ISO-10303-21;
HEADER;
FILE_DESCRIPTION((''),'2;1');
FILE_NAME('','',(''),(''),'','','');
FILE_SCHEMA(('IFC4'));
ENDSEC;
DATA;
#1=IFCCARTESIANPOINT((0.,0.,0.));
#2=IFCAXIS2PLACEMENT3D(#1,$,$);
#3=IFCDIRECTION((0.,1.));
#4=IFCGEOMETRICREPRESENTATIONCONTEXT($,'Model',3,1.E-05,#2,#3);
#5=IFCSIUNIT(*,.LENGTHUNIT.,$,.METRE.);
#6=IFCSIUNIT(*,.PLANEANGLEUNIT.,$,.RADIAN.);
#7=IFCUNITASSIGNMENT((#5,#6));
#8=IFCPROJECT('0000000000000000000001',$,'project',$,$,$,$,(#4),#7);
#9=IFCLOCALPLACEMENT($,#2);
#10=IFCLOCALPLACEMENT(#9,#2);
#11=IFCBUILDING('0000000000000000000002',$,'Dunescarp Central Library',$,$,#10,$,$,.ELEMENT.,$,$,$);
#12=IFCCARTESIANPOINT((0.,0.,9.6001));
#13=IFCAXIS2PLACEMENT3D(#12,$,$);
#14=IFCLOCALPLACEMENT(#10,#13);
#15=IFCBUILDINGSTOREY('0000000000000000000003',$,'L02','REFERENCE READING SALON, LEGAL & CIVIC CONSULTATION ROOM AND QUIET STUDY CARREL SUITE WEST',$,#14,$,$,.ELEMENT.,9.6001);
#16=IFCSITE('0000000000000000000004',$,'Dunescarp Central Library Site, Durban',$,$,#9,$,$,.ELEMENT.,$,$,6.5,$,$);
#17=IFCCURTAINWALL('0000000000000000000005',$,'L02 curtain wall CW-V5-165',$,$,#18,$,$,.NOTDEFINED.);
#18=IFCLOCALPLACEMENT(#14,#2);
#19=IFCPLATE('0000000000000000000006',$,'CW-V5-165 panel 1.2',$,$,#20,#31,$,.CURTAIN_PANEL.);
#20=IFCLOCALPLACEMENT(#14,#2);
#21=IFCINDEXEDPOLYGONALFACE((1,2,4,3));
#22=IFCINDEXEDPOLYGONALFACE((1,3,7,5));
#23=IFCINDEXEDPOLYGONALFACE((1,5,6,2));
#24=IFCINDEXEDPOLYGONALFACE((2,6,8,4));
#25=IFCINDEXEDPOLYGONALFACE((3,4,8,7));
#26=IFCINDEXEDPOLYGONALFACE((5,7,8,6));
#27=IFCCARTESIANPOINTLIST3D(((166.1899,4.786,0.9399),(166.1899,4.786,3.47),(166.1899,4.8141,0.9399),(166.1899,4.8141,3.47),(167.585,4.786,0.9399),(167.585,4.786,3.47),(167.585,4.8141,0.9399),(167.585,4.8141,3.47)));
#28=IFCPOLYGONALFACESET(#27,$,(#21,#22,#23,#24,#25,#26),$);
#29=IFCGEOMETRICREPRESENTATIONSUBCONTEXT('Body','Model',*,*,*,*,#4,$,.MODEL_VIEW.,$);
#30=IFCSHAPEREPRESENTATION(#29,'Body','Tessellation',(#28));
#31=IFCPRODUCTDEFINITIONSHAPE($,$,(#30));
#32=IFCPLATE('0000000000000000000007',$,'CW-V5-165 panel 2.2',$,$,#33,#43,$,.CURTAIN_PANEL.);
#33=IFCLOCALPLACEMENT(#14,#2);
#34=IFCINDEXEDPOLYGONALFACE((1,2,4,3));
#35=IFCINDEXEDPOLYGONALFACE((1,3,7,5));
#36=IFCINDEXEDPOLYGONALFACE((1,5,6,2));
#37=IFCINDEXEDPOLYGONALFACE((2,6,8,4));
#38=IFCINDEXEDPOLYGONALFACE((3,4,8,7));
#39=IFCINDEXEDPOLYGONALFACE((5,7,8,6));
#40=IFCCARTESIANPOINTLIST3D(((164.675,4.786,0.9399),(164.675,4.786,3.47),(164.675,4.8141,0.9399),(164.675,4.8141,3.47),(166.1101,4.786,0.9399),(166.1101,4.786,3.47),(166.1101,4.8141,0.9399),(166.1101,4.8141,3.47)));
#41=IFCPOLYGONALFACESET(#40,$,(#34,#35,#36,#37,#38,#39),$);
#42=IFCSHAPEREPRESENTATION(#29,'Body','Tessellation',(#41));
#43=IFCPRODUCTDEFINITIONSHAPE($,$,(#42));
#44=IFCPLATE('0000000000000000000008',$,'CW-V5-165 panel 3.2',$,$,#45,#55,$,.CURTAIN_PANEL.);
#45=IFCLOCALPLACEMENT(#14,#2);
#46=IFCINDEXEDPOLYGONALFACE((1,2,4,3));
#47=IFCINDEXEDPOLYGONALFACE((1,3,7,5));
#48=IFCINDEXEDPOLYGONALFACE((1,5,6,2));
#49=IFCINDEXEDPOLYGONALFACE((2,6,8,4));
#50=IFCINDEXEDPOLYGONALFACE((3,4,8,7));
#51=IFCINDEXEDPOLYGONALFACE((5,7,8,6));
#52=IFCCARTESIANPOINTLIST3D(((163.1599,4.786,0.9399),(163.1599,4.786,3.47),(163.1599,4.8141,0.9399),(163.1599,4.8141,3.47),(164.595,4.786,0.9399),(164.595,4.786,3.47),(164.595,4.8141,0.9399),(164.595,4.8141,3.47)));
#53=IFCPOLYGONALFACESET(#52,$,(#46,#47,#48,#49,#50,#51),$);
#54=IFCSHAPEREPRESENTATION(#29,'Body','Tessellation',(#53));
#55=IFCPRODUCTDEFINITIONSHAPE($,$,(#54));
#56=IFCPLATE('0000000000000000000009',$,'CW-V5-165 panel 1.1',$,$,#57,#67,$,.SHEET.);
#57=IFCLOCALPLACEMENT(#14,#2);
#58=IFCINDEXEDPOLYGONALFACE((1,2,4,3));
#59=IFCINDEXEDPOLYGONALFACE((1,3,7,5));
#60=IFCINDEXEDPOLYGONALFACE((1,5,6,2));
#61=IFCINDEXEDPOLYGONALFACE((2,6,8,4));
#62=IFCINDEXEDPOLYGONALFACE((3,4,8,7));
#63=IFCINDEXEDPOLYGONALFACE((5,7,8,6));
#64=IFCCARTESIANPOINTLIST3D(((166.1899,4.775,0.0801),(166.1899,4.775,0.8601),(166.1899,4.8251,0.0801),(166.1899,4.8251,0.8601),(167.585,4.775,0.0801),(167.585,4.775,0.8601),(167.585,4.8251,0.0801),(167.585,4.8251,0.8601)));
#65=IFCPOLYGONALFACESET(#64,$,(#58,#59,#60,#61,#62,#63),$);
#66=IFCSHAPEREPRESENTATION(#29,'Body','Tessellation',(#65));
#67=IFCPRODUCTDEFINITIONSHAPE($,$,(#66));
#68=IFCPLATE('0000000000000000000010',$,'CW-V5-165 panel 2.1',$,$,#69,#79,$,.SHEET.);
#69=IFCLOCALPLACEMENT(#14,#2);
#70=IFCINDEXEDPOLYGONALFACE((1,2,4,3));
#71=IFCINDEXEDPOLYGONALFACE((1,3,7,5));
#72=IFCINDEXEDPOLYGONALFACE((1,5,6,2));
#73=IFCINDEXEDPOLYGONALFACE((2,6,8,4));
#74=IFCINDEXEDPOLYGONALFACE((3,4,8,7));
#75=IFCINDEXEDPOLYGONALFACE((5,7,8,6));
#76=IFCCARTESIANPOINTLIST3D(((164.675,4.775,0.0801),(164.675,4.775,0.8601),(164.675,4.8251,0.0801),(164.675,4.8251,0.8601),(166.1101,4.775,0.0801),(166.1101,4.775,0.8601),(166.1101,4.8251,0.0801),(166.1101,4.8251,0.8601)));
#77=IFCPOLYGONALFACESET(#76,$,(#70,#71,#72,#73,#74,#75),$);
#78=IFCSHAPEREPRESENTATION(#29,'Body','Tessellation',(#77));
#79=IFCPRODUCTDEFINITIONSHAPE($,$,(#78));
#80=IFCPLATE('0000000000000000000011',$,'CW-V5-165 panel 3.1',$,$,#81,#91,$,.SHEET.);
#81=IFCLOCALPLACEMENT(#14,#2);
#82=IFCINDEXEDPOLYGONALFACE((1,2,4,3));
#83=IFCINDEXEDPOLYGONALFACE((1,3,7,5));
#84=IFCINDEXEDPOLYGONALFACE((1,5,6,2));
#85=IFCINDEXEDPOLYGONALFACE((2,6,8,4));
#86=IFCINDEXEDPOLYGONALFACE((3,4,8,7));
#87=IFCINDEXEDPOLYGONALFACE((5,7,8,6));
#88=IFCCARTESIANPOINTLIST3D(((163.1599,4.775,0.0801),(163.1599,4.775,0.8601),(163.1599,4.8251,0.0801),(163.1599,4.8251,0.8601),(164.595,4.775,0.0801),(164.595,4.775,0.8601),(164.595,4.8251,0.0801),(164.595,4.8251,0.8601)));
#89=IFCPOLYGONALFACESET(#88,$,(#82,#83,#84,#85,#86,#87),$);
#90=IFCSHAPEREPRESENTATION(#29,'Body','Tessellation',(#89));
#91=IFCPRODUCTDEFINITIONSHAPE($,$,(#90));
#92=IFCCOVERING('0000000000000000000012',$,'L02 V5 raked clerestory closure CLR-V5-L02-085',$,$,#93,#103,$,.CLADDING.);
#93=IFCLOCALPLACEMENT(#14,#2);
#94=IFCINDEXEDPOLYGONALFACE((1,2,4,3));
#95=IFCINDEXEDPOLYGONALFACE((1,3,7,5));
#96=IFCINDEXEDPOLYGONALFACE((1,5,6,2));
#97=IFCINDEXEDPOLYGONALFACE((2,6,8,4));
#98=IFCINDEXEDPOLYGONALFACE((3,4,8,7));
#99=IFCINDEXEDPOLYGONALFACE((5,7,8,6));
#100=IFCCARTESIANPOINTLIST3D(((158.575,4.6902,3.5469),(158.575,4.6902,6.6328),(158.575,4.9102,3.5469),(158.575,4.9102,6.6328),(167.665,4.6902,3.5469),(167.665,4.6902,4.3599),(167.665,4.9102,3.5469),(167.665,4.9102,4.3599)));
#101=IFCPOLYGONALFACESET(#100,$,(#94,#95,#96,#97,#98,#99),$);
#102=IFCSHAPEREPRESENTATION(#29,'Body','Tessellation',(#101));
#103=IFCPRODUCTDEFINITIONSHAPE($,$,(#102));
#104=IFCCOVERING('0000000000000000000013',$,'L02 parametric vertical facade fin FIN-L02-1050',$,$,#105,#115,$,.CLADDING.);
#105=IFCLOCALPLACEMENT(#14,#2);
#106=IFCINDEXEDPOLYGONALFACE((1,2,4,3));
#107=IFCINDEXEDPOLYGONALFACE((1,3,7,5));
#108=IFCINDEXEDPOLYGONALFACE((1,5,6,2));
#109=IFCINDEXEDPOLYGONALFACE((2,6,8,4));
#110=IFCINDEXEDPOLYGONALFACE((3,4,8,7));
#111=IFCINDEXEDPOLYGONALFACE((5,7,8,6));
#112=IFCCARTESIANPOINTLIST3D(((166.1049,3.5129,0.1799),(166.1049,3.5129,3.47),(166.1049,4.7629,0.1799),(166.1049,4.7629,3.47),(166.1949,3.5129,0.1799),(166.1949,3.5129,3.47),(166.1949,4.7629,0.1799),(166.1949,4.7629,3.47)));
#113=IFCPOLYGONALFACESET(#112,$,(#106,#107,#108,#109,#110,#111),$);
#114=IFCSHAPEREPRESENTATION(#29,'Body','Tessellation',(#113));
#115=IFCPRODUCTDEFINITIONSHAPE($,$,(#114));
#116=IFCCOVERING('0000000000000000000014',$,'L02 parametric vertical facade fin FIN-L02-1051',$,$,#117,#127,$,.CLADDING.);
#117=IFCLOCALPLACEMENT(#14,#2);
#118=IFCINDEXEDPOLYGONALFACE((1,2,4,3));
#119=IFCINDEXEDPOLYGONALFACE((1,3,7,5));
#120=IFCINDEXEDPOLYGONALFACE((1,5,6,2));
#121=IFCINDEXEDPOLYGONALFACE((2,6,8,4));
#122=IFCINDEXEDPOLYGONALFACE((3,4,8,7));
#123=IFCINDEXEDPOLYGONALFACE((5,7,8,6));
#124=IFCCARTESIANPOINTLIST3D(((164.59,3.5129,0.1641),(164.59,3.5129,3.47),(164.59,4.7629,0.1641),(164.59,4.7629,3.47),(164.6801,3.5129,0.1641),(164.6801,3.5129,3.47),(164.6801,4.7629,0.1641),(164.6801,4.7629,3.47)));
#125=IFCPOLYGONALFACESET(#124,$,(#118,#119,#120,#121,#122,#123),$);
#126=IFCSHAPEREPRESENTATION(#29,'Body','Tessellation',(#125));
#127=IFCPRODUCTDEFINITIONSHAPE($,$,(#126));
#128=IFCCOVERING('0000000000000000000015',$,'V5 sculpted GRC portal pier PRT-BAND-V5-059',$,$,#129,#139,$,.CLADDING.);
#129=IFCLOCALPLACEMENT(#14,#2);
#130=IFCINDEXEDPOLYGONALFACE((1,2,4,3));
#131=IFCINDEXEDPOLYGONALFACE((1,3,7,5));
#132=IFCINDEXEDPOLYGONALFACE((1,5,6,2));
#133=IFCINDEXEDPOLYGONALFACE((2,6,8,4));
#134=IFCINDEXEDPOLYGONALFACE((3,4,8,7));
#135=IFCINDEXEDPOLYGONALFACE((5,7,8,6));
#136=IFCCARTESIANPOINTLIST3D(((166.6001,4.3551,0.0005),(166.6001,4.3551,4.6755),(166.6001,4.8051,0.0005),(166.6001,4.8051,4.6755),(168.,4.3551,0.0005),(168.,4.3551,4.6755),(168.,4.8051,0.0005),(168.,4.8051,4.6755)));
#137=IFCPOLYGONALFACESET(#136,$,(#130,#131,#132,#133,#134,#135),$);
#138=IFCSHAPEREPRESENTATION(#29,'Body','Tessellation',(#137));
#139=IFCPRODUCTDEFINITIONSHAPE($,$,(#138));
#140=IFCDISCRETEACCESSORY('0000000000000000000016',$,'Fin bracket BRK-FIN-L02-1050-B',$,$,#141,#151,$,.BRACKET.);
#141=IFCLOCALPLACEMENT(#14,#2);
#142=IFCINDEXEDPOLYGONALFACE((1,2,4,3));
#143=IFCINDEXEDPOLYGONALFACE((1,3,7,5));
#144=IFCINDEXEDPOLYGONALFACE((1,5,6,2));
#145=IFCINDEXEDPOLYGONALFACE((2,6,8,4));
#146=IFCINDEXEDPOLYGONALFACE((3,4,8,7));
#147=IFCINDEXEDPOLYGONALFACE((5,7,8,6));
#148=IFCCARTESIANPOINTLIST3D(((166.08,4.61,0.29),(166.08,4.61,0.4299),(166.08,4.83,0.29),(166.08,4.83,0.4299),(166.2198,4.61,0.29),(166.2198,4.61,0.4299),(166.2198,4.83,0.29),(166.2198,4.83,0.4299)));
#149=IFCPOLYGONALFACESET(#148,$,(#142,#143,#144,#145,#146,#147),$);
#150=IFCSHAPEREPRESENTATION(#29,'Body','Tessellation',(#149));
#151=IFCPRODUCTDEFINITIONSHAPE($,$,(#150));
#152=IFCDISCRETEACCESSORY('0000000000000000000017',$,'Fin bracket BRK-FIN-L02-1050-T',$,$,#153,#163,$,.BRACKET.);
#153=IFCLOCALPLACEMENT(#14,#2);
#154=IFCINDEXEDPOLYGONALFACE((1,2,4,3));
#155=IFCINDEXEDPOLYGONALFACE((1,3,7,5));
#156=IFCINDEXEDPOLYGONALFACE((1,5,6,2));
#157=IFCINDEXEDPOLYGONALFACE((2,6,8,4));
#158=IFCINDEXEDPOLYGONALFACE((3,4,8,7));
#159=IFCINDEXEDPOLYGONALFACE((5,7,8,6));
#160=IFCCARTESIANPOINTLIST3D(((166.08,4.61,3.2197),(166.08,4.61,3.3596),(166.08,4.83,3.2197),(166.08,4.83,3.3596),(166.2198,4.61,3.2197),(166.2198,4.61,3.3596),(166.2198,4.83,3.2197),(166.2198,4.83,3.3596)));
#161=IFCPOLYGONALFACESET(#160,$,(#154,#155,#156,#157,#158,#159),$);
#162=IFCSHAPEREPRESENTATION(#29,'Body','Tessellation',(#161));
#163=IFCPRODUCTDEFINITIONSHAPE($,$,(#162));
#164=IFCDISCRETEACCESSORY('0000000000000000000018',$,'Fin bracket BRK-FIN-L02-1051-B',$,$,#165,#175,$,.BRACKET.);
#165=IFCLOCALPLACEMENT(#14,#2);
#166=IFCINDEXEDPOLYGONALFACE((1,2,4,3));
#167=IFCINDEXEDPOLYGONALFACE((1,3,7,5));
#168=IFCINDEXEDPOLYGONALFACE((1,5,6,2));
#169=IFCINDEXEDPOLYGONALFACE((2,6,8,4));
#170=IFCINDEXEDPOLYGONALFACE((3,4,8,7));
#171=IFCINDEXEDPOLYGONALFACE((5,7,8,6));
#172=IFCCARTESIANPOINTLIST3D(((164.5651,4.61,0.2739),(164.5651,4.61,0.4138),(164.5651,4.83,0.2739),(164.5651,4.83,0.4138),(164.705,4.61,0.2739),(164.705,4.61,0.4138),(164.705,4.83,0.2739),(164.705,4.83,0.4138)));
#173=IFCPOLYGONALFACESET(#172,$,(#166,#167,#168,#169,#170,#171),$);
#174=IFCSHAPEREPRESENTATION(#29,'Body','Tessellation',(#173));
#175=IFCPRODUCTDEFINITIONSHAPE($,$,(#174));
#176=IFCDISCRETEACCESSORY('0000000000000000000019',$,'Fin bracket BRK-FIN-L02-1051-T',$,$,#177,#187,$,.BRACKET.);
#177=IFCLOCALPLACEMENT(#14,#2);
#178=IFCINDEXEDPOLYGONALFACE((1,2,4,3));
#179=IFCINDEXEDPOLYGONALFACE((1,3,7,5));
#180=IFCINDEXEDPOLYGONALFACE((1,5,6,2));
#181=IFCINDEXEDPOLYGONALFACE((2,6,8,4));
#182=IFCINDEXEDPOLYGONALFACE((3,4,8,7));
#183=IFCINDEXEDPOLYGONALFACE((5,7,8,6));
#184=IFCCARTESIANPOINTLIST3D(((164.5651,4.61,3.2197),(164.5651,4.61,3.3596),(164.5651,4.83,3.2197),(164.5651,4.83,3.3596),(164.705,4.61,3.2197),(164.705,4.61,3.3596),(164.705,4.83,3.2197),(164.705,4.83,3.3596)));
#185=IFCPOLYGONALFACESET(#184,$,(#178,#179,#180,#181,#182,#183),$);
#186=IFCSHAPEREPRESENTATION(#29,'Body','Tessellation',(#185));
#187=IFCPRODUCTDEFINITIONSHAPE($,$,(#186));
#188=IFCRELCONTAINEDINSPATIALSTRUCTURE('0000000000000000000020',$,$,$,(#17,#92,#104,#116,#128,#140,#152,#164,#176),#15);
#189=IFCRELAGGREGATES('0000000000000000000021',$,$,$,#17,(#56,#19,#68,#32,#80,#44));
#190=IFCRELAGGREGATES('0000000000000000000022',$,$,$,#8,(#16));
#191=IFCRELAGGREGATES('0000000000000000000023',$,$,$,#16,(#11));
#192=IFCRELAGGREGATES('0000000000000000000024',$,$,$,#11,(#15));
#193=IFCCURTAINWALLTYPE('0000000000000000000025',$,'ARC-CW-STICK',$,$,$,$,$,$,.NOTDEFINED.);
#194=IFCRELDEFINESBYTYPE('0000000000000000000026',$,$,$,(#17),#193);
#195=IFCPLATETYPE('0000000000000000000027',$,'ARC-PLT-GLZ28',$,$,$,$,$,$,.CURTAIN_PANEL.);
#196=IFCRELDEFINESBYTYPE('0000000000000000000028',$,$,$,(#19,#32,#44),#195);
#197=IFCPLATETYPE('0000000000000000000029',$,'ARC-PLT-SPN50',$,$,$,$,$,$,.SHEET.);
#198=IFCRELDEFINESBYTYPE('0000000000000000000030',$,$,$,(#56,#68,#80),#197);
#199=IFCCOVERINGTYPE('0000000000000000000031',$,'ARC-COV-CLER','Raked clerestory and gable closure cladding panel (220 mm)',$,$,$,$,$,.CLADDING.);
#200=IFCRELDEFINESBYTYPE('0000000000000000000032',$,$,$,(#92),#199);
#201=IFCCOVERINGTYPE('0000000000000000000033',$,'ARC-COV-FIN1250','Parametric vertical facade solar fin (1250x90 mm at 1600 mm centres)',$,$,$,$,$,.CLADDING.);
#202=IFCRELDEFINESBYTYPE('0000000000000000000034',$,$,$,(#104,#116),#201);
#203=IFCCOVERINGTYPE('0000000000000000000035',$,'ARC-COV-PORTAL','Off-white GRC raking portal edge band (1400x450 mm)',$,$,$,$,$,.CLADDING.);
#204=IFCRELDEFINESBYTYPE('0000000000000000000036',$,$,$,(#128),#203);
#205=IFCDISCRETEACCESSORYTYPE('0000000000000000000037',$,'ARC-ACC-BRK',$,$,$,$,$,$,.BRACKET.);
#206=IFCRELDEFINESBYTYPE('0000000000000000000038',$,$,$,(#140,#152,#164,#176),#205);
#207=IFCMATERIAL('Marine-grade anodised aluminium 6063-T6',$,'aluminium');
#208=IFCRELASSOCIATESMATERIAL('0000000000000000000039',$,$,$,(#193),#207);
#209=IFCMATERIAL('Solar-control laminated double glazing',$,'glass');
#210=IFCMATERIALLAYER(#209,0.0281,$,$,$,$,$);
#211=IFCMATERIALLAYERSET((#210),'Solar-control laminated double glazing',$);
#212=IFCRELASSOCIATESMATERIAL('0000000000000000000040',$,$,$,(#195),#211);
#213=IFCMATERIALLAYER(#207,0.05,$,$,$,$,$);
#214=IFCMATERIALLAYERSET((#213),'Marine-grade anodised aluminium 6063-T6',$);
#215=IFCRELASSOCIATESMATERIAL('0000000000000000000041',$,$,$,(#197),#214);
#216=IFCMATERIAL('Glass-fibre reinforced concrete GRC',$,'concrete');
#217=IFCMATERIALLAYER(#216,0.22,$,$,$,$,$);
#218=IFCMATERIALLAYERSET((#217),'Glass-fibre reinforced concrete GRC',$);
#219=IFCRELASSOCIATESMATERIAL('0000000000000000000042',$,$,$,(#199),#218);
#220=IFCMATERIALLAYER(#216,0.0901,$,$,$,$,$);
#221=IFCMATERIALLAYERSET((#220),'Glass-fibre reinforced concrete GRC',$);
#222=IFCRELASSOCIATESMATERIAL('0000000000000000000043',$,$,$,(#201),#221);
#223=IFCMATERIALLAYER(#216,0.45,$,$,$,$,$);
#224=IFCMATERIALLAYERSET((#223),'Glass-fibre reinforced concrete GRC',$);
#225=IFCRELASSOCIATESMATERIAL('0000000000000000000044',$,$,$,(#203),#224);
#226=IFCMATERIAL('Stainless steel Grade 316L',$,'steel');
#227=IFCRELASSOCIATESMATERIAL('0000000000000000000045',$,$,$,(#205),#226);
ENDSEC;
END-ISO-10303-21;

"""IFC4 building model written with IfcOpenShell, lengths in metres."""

from ifc_helpers import new_model, si_unit, direction, frame, origin, origin_2d, place, context, subcontext, project, spatial, polyline, rectangle, outline, extrude, material, layer, layer_set, type_object, element, aggregate, save


model = new_model("IFC4")

# Units and contexts
model_context = context("Model", 3, precision=1e-05, world=origin(), true_north=direction((0.0, 1.0)))
body_context = subcontext(model_context, "Body", "Model", "MODEL_VIEW")
ifc_project = project(units=[si_unit("LENGTHUNIT", "METRE"), si_unit("PLANEANGLEUNIT", "RADIAN")], contexts=[model_context])

# Site, building, storey
site_placement = place(None, origin())
site = spatial("IfcSite", under=ifc_project, at=site_placement, Name="Dunescarp Central Library Site, Durban", CompositionType="ELEMENT", RefElevation=6.5)
building_placement = place(site_placement, origin())
building = spatial("IfcBuilding", under=site, at=building_placement, Name="Dunescarp Central Library", CompositionType="ELEMENT")
storey_placement = place(building_placement, frame((0.0, 0.0, 9.6001)))
storey = spatial("IfcBuildingStorey", under=building, at=storey_placement, Name="L02", Description="REFERENCE READING SALON, LEGAL & CIVIC CONSULTATION ROOM AND QUIET STUDY CARREL SUITE WEST", CompositionType="ELEMENT", Elevation=9.6001)

# Curtain wall, plates
ifc_material_1 = material(Name="Marine-grade anodised aluminium 6063-T6", Category="aluminium")
curtain_wall_type = type_object("IfcCurtainWallType", Name="ARC-CW-STICK", PredefinedType="NOTDEFINED", material=ifc_material_1)
curtain_wall_placement = place(storey_placement, origin())
curtain_wall = element("IfcCurtainWall", 1, at=curtain_wall_placement, inside=storey, type_object=curtain_wall_type, Name="L02 curtain wall CW-V5-165", PredefinedType="NOTDEFINED")
ifc_material_2 = material(Name="Solar-control laminated double glazing", Category="glass")
ifc_layer_1 = layer(ifc_material_2, 0.0281)
ifc_layer_set_1 = layer_set([ifc_layer_1], Name="Solar-control laminated double glazing")
plate_type_1 = type_object("IfcPlateType", Name="ARC-PLT-GLZ28", PredefinedType="CURTAIN_PANEL", material=ifc_layer_set_1)
plate_1_placement = place(storey_placement, frame((166.8875, 4.8, 0.9399), z_axis=(0.0, 0.0, 1.0), x_axis=(-1.0, 0.0, 0.0)))
plate_1 = element("IfcPlate", 2, at=plate_1_placement, type_object=plate_type_1, Name="CW-V5-165 panel 1.2", PredefinedType="CURTAIN_PANEL", context=body_context, shape_type="SweptSolid", body=[
    extrude(rectangle(XDim=1.395, YDim=0.0281, at=origin_2d()), origin(), (0.0, 0.0, 1.0), 2.53),
])
plate_2_placement = place(storey_placement, frame((165.3926, 4.8, 0.9399), z_axis=(0.0, 0.0, 1.0), x_axis=(-1.0, 0.0, 0.0)))
plate_2 = element("IfcPlate", 3, at=plate_2_placement, type_object=plate_type_1, Name="CW-V5-165 panel 2.2", PredefinedType="CURTAIN_PANEL", context=body_context, shape_type="SweptSolid", body=[
    extrude(rectangle(XDim=1.4351, YDim=0.0281, at=origin_2d()), origin(), (0.0, 0.0, 1.0), 2.53),
])
plate_3_placement = place(storey_placement, frame((163.8774, 4.8, 0.9399), z_axis=(0.0, 0.0, 1.0), x_axis=(-1.0, 0.0, 0.0)))
plate_3 = element("IfcPlate", 4, at=plate_3_placement, type_object=plate_type_1, Name="CW-V5-165 panel 3.2", PredefinedType="CURTAIN_PANEL", context=body_context, shape_type="SweptSolid", body=[
    extrude(rectangle(XDim=1.4351, YDim=0.0281, at=origin_2d()), origin(), (0.0, 0.0, 1.0), 2.53),
])
ifc_layer_2 = layer(ifc_material_1, 0.05)
ifc_layer_set_2 = layer_set([ifc_layer_2], Name="Marine-grade anodised aluminium 6063-T6")
plate_type_2 = type_object("IfcPlateType", Name="ARC-PLT-SPN50", PredefinedType="SHEET", material=ifc_layer_set_2)
plate_4_placement = place(storey_placement, frame((166.8875, 4.8, 0.0801), z_axis=(0.0, 0.0, 1.0), x_axis=(-1.0, 0.0, 0.0)))
plate_4 = element("IfcPlate", 5, at=plate_4_placement, type_object=plate_type_2, Name="CW-V5-165 panel 1.1", PredefinedType="SHEET", context=body_context, shape_type="SweptSolid", body=[
    extrude(rectangle(XDim=1.395, YDim=0.05, at=origin_2d()), origin(), (0.0, 0.0, 1.0), 0.78),
])
plate_5_placement = place(storey_placement, frame((165.3926, 4.8, 0.0801), z_axis=(0.0, 0.0, 1.0), x_axis=(-1.0, 0.0, 0.0)))
plate_5 = element("IfcPlate", 6, at=plate_5_placement, type_object=plate_type_2, Name="CW-V5-165 panel 2.1", PredefinedType="SHEET", context=body_context, shape_type="SweptSolid", body=[
    extrude(rectangle(XDim=1.4351, YDim=0.05, at=origin_2d()), origin(), (0.0, 0.0, 1.0), 0.78),
])
plate_6_placement = place(storey_placement, frame((163.8774, 4.8, 0.0801), z_axis=(0.0, 0.0, 1.0), x_axis=(-1.0, 0.0, 0.0)))
plate_6 = element("IfcPlate", 7, at=plate_6_placement, type_object=plate_type_2, Name="CW-V5-165 panel 3.1", PredefinedType="SHEET", context=body_context, shape_type="SweptSolid", body=[
    extrude(rectangle(XDim=1.4351, YDim=0.05, at=origin_2d()), origin(), (0.0, 0.0, 1.0), 0.78),
])
aggregate(curtain_wall, [plate_4, plate_1, plate_5, plate_2, plate_6, plate_3])

# Coverings
ifc_material_3 = material(Name="Glass-fibre reinforced concrete GRC", Category="concrete")
ifc_layer_3 = layer(ifc_material_3, 0.22)
ifc_layer_set_3 = layer_set([ifc_layer_3], Name="Glass-fibre reinforced concrete GRC")
covering_type_1 = type_object("IfcCoveringType", Name="ARC-COV-CLER", Description="Raked clerestory and gable closure cladding panel (220 mm)", PredefinedType="CLADDING", material=ifc_layer_set_3)
covering_1_placement = place(storey_placement, frame((167.665, 4.8, 3.5469), z_axis=(0.0, 0.0, 1.0), x_axis=(-1.0, 0.0, 0.0)))
element("IfcCovering", 8, at=covering_1_placement, inside=storey, type_object=covering_type_1, Name="L02 V5 raked clerestory closure CLR-V5-L02-085", PredefinedType="CLADDING", context=body_context, shape_type="SweptSolid", body=[
    extrude(outline(polyline([(0.0, 0.0), (9.0901, 0.0), (9.0901, 3.0859), (0.0, 0.813), (0.0, 0.0)])), frame((0.0, 0.1099, 0.0), z_axis=(0.0, -1.0, 0.0), x_axis=(1.0, 0.0, 0.0)), (0.0, 0.0, 1.0), 0.22),
])
ifc_layer_4 = layer(ifc_material_3, 0.0901)
ifc_layer_set_4 = layer_set([ifc_layer_4], Name="Glass-fibre reinforced concrete GRC")
covering_type_2 = type_object("IfcCoveringType", Name="ARC-COV-FIN1250", Description="Parametric vertical facade solar fin (1250x90 mm at 1600 mm centres)", PredefinedType="CLADDING", material=ifc_layer_set_4)
covering_2_placement = place(storey_placement, frame((166.1499, 4.1379, 0.1799), z_axis=(0.0, 0.0, 1.0), x_axis=(0.0, -1.0, 0.0)))
element("IfcCovering", 9, at=covering_2_placement, inside=storey, type_object=covering_type_2, Name="L02 parametric vertical facade fin FIN-L02-1050", PredefinedType="CLADDING", context=body_context, shape_type="SweptSolid", body=[
    extrude(rectangle(XDim=1.25, YDim=0.0901, at=origin_2d()), origin(), (0.0, 0.0, 1.0), 3.29),
])
covering_3_placement = place(storey_placement, frame((164.635, 4.1379, 0.1641), z_axis=(0.0, 0.0, 1.0), x_axis=(0.0, -1.0, 0.0)))
element("IfcCovering", 10, at=covering_3_placement, inside=storey, type_object=covering_type_2, Name="L02 parametric vertical facade fin FIN-L02-1051", PredefinedType="CLADDING", context=body_context, shape_type="SweptSolid", body=[
    extrude(rectangle(XDim=1.25, YDim=0.0901, at=origin_2d()), origin(), (0.0, 0.0, 1.0), 3.3059),
])
ifc_layer_5 = layer(ifc_material_3, 0.45)
ifc_layer_set_5 = layer_set([ifc_layer_5], Name="Glass-fibre reinforced concrete GRC")
covering_type_3 = type_object("IfcCoveringType", Name="ARC-COV-PORTAL", Description="Off-white GRC raking portal edge band (1400x450 mm)", PredefinedType="CLADDING", material=ifc_layer_set_5)
covering_4_placement = place(storey_placement, frame((167.3, 4.5801, 0.0005), z_axis=(0.0, 0.0, 1.0), x_axis=(1.0, 0.0, 0.0)))
element("IfcCovering", 11, at=covering_4_placement, inside=storey, type_object=covering_type_3, Name="V5 sculpted GRC portal pier PRT-BAND-V5-059", PredefinedType="CLADDING", context=body_context, shape_type="SweptSolid", body=[
    extrude(rectangle(XDim=1.3999, YDim=0.45, at=origin_2d()), origin(), (0.0, 0.0, 1.0), 4.675),
])

# Discrete accessories
ifc_material_4 = material(Name="Stainless steel Grade 316L", Category="steel")
discrete_accessory_type = type_object("IfcDiscreteAccessoryType", Name="ARC-ACC-BRK", PredefinedType="BRACKET", material=ifc_material_4)
for number, where, z_axis, x_axis, name in (
    (12, (166.1499, 4.72, 0.29), (0.0, 0.0, 1.0), (0.0, -1.0, 0.0), "Fin bracket BRK-FIN-L02-1050-B"),
    (13, (166.1499, 4.72, 3.2197), (0.0, 0.0, 1.0), (0.0, -1.0, 0.0), "Fin bracket BRK-FIN-L02-1050-T"),
    (14, (164.635, 4.72, 0.2739), (0.0, 0.0, 1.0), (0.0, -1.0, 0.0), "Fin bracket BRK-FIN-L02-1051-B"),
    (15, (164.635, 4.72, 3.2197), (0.0, 0.0, 1.0), (0.0, -1.0, 0.0), "Fin bracket BRK-FIN-L02-1051-T"),
):
    element("IfcDiscreteAccessory", number, at=place(storey_placement, frame(where, z_axis=z_axis, x_axis=x_axis)), inside=storey, type_object=discrete_accessory_type, Name=name, PredefinedType="BRACKET", context=body_context, shape_type="SweptSolid", body=[
        extrude(rectangle(XDim=0.22, YDim=0.1399, at=origin_2d()), origin(), (0.0, 0.0, 1.0), 0.1399),
    ])

save(model, "model.ifc")
